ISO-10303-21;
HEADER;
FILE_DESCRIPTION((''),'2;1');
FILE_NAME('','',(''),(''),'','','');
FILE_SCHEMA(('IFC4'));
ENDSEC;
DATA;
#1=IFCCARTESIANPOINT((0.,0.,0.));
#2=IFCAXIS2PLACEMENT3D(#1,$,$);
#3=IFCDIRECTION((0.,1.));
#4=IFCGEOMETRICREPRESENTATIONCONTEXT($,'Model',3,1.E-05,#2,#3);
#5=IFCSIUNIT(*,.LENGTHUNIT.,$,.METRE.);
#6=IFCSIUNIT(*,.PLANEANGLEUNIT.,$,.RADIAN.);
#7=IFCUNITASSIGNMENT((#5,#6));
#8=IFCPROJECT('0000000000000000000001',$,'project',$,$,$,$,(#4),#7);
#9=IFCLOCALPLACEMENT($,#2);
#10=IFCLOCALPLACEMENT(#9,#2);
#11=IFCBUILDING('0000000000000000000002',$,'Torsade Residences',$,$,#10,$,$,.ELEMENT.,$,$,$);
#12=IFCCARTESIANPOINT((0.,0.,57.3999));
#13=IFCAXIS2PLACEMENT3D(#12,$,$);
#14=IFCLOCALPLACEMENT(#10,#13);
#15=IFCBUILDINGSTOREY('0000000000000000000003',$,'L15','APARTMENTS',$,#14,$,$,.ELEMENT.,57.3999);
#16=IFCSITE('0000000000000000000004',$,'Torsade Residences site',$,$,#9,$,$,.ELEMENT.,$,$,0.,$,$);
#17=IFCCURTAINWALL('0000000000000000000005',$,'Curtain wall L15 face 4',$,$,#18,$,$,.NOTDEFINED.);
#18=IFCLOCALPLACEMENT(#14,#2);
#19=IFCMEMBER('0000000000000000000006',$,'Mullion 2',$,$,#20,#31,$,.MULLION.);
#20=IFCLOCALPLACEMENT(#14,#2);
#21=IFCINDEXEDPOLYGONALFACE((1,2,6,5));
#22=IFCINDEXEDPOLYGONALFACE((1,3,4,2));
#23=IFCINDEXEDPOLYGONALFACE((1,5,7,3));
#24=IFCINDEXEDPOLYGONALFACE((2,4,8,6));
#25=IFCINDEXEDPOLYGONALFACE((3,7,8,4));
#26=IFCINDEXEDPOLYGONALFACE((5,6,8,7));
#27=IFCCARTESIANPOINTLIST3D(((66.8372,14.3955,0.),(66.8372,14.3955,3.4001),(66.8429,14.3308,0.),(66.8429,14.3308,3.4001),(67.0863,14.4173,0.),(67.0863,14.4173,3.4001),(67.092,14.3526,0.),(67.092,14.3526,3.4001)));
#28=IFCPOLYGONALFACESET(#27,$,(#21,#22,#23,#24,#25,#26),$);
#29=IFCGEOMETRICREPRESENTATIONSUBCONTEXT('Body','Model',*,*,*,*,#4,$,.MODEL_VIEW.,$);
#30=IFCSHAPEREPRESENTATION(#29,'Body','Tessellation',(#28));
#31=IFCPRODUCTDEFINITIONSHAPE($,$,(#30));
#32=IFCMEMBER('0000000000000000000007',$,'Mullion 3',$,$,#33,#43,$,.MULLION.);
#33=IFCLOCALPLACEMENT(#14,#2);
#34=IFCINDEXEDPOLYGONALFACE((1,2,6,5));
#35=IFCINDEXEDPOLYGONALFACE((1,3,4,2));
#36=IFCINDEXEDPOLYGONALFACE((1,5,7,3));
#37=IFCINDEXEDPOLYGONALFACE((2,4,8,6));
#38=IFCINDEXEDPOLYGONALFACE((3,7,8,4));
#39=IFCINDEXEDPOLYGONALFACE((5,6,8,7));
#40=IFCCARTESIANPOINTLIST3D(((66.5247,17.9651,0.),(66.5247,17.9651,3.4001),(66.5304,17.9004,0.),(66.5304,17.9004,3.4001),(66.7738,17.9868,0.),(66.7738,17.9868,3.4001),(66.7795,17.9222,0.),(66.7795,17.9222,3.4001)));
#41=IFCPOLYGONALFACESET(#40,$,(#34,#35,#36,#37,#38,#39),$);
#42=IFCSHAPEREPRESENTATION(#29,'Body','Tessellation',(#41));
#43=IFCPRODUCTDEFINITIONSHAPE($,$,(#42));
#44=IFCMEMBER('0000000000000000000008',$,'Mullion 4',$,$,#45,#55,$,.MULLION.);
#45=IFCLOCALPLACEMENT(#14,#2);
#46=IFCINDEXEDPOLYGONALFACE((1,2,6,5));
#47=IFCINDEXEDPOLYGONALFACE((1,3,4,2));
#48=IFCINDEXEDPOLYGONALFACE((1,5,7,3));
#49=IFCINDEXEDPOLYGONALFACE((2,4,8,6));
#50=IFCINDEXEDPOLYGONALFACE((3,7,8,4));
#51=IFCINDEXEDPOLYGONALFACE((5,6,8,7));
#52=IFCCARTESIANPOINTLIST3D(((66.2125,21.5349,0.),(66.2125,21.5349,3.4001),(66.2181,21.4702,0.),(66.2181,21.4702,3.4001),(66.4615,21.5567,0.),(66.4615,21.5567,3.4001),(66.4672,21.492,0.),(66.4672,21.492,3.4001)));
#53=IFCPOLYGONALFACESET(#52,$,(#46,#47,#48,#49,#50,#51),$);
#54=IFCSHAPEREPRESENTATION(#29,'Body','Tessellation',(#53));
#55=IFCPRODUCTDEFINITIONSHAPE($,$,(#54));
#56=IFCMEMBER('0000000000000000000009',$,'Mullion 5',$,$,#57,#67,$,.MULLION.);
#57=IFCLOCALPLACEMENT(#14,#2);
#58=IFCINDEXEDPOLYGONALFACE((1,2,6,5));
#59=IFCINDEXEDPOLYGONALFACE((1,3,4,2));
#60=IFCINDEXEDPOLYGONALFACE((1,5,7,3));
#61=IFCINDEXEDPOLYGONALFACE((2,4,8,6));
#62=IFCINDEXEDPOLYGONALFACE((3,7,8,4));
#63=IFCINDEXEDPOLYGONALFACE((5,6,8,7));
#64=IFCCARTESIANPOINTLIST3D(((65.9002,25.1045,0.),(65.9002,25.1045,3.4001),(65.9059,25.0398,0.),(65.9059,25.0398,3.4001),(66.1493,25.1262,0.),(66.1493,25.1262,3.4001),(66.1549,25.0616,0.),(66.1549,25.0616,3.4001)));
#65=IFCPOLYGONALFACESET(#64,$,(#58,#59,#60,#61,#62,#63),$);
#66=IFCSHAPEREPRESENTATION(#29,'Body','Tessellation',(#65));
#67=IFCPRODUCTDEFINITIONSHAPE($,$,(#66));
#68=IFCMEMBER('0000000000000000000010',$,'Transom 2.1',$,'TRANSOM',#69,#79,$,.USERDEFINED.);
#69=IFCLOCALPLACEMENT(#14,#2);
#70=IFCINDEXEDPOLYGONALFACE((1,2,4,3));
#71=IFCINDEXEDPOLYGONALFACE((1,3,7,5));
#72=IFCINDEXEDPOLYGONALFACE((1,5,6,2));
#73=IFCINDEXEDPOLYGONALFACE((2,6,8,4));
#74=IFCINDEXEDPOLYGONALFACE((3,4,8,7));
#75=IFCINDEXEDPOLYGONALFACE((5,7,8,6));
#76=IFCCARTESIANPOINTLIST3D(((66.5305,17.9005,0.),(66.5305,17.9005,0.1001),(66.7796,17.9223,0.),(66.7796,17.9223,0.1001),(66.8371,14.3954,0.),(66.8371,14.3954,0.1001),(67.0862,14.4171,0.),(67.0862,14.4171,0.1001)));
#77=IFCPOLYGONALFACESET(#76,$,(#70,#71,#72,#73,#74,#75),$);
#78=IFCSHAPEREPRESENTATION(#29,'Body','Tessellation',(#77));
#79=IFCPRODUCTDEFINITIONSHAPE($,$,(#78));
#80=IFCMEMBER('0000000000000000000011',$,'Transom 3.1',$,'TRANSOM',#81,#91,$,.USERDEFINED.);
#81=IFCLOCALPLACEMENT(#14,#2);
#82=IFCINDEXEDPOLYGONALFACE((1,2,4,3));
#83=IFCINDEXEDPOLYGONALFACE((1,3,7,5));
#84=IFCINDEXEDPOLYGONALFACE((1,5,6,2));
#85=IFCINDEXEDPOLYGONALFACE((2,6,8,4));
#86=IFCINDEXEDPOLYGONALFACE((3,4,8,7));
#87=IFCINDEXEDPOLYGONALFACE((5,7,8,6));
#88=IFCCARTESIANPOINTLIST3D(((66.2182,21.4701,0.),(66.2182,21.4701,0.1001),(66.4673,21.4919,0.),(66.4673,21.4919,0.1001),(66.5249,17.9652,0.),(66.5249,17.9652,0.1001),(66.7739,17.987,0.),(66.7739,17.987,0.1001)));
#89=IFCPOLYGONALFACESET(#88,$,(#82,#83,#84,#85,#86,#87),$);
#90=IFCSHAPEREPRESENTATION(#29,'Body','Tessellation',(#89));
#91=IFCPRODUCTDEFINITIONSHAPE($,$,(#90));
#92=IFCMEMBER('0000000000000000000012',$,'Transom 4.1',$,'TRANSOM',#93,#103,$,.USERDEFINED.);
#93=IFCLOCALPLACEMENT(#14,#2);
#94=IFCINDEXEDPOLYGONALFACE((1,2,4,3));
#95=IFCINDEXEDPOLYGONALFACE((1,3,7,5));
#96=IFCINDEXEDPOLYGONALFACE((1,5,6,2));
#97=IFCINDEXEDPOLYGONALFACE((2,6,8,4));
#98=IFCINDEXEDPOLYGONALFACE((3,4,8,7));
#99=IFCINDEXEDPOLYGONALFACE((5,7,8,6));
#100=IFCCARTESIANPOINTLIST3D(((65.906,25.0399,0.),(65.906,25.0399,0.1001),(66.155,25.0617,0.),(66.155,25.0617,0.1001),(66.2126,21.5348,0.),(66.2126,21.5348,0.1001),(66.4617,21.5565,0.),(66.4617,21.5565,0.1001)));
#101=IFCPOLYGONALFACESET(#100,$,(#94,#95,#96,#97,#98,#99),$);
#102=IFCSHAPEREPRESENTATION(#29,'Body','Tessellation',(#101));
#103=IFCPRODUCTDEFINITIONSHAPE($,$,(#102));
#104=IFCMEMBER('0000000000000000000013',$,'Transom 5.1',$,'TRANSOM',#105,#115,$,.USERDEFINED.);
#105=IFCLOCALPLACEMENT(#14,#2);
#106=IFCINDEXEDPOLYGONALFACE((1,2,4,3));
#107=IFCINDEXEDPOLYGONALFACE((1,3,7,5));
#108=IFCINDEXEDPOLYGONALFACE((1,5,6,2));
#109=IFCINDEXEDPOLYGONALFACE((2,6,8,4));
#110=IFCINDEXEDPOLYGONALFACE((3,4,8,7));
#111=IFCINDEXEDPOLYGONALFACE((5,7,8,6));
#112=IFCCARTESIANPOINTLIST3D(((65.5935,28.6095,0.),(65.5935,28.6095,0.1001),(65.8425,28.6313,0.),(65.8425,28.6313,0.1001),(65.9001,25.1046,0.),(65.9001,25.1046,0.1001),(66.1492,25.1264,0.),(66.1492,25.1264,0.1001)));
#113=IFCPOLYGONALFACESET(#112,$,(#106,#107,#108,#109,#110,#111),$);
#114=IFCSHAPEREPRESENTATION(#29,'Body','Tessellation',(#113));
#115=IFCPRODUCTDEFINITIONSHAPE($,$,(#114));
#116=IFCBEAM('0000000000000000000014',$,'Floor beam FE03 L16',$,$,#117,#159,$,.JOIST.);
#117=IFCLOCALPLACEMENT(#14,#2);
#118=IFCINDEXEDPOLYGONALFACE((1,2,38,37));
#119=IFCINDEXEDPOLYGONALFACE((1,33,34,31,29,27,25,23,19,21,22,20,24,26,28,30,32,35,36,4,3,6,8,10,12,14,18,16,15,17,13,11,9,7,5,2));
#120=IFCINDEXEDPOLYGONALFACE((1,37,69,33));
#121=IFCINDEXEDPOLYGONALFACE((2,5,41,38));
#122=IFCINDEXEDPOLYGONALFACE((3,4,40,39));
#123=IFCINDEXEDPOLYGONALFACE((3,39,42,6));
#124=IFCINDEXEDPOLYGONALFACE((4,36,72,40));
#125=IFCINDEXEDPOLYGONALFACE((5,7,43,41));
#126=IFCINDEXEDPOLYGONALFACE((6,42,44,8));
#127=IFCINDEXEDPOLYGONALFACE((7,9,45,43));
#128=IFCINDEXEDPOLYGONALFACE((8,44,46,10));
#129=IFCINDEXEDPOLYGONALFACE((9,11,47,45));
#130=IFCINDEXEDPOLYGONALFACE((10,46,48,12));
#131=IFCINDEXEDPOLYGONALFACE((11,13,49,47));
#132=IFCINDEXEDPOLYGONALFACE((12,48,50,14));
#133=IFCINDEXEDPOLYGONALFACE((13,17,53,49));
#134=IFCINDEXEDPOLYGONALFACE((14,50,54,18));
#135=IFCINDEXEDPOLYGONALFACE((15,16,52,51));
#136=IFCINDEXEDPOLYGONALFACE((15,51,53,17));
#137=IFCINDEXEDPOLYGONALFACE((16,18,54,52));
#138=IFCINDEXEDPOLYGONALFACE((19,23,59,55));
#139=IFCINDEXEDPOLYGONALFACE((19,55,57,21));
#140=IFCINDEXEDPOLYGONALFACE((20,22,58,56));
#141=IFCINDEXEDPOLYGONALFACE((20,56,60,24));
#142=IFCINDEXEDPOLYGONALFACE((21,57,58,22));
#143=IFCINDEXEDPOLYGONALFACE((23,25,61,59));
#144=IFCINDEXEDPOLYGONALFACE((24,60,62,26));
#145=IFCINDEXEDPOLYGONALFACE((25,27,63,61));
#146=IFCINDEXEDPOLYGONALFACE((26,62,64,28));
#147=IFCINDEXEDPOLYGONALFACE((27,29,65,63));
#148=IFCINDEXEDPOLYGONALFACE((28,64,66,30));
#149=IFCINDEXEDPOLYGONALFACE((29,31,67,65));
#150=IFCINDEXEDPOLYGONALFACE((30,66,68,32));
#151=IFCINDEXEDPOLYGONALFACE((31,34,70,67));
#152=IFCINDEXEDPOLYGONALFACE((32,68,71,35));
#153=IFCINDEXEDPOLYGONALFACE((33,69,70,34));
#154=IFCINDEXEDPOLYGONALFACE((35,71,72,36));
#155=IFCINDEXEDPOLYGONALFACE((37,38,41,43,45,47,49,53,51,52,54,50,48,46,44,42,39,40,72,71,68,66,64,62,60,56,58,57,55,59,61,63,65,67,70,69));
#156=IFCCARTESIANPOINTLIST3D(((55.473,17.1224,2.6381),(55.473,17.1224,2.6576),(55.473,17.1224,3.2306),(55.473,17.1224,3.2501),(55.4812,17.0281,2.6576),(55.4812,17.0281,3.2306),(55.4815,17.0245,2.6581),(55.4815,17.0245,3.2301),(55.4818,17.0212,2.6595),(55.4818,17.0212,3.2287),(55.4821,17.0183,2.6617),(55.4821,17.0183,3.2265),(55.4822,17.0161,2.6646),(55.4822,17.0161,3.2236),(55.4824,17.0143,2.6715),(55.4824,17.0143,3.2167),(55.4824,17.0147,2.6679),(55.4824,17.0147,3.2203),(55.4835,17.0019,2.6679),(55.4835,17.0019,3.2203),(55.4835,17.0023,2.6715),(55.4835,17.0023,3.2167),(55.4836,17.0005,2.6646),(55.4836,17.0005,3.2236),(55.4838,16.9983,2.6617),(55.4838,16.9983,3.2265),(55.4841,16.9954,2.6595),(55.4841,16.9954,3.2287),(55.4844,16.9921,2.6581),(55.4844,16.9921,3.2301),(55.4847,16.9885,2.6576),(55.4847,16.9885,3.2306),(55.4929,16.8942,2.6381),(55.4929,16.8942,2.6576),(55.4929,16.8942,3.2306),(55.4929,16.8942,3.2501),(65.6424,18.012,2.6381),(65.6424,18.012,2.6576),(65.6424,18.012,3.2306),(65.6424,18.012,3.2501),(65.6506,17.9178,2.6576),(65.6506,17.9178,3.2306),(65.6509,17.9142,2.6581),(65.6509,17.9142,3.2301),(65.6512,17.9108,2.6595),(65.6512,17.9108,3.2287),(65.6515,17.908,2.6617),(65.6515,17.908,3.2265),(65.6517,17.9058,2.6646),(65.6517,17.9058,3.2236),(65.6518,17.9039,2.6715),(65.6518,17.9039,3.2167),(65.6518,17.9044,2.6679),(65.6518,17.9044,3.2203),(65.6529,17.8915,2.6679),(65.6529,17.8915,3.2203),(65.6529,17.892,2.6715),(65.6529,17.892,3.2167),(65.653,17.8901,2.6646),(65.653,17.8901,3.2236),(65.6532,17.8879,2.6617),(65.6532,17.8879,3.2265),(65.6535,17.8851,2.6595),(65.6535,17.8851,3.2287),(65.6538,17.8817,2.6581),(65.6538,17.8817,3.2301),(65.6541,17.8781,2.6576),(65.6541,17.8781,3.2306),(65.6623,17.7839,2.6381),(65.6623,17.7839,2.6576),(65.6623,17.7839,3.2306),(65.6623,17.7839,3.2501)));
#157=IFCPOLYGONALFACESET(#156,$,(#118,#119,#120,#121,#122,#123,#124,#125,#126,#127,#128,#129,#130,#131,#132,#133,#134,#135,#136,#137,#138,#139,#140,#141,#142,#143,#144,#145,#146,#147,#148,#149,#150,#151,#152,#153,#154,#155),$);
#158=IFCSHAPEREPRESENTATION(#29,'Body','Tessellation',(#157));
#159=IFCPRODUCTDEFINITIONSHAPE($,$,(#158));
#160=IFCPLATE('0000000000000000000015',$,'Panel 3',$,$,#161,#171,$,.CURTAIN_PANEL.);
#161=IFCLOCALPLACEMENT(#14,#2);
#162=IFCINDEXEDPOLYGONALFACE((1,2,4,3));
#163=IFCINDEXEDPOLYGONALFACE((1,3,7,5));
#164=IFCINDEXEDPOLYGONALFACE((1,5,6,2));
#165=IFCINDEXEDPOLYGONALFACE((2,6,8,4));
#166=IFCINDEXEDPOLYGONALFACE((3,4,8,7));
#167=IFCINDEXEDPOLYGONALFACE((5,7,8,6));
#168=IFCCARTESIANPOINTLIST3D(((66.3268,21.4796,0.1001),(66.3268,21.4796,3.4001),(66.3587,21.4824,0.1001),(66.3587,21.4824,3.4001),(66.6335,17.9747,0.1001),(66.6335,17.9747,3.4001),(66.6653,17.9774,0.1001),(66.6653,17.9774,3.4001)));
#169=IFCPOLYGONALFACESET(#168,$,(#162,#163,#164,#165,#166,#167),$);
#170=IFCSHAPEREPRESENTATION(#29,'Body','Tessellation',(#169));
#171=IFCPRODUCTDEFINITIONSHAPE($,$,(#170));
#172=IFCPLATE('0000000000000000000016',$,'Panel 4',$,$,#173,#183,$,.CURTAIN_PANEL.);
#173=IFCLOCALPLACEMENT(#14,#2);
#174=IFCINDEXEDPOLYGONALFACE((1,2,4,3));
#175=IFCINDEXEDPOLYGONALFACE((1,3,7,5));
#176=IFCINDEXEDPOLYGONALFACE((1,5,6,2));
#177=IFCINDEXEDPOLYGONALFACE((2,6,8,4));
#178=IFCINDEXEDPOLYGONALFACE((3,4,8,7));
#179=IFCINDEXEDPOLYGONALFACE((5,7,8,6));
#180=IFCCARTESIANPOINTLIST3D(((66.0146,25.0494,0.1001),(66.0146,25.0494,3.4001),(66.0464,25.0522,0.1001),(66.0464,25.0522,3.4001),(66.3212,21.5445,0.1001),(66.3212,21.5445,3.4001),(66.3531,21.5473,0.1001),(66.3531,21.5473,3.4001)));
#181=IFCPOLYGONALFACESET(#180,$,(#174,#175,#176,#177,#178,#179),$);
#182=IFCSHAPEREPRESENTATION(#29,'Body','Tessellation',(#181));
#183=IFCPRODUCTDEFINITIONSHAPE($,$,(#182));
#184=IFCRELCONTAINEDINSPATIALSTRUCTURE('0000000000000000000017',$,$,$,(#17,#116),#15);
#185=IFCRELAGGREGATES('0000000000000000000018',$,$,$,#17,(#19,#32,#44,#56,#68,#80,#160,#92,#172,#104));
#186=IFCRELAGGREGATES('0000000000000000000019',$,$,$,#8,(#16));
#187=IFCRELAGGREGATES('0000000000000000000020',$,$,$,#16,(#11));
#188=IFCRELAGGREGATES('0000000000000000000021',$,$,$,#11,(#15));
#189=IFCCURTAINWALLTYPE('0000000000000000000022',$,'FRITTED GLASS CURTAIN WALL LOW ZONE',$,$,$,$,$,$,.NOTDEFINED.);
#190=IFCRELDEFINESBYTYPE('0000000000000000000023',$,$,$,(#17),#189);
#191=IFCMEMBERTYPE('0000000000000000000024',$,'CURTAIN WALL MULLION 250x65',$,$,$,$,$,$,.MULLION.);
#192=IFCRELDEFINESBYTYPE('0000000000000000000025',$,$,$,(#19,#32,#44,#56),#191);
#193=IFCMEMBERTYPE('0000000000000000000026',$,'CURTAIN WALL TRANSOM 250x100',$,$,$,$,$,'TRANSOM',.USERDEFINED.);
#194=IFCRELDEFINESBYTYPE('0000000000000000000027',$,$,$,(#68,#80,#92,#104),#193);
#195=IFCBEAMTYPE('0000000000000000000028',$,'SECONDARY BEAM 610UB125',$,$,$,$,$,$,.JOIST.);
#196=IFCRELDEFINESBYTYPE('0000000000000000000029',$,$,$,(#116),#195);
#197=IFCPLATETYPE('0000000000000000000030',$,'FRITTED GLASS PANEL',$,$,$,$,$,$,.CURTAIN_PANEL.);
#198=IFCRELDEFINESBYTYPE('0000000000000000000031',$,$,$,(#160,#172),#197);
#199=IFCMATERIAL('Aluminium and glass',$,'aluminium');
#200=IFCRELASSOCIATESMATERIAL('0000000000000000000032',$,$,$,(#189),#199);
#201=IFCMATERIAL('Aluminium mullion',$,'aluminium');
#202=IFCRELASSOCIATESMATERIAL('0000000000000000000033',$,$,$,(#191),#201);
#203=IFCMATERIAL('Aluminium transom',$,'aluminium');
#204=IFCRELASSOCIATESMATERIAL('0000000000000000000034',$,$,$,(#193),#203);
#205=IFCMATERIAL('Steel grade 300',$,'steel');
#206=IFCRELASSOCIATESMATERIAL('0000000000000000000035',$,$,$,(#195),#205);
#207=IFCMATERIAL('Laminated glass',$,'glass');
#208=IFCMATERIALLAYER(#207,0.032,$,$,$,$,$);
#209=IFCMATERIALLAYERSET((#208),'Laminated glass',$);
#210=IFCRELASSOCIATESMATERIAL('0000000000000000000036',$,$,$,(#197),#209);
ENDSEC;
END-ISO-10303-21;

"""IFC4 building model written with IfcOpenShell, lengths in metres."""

from ifc_helpers import new_model, si_unit, direction, frame, origin, origin_2d, place, context, subcontext, project, spatial, rectangle, i_section, extrude, material, layer, layer_set, material_profile, profile_set, type_object, element, aggregate, save


model = new_model("IFC4")

# Units and contexts
model_context = context("Model", 3, precision=1e-05, world=origin(), true_north=direction((0.0, 1.0)))
body_context = subcontext(model_context, "Body", "Model", "MODEL_VIEW")
ifc_project = project(units=[si_unit("LENGTHUNIT", "METRE"), si_unit("PLANEANGLEUNIT", "RADIAN")], contexts=[model_context])

# Site, building, storey
site_placement = place(None, origin())
site = spatial("IfcSite", under=ifc_project, at=site_placement, Name="Torsade Residences site", CompositionType="ELEMENT", RefElevation=0.0)
building_placement = place(site_placement, origin())
building = spatial("IfcBuilding", under=site, at=building_placement, Name="Torsade Residences", CompositionType="ELEMENT")
storey_placement = place(building_placement, frame((0.0, 0.0, 57.3999)))
storey = spatial("IfcBuildingStorey", under=building, at=storey_placement, Name="L15", Description="APARTMENTS", CompositionType="ELEMENT", Elevation=57.3999)

# Curtain wall, members
ifc_material_1 = material(Name="Aluminium and glass", Category="aluminium")
curtain_wall_type = type_object("IfcCurtainWallType", Name="FRITTED GLASS CURTAIN WALL LOW ZONE", PredefinedType="NOTDEFINED", material=ifc_material_1)
curtain_wall_placement = place(storey_placement, origin())
curtain_wall = element("IfcCurtainWall", 1, at=curtain_wall_placement, inside=storey, type_object=curtain_wall_type, Name="Curtain wall L15 face 4", PredefinedType="NOTDEFINED")
ifc_material_2 = material(Name="Aluminium mullion", Category="aluminium")
ifc_material_profile_1 = material_profile(ifc_material_2, rectangle(XDim=0.25, YDim=0.0649, at=origin_2d()), Name="CURTAIN WALL MULLION 250x65")
ifc_profile_set_1 = profile_set([ifc_material_profile_1], Name="Aluminium mullion")
member_type_1 = type_object("IfcMemberType", Name="CURTAIN WALL MULLION 250x65", PredefinedType="MULLION", material=ifc_profile_set_1)
member_1_placement = place(storey_placement, frame((66.9646, 14.374, 0.0), z_axis=(0.0, 0.0, 1.0), x_axis=(-0.996195, -0.087156, 0.0)))
member_1 = element("IfcMember", 2, at=member_1_placement, type_object=member_type_1, Name="Mullion 2", PredefinedType="MULLION", context=body_context, shape_type="SweptSolid", body=[
    extrude(rectangle(XDim=0.25, YDim=0.0649, at=origin_2d()), origin(), (0.0, 0.0, 1.0), 3.4001),
])
member_2_placement = place(storey_placement, frame((66.6521, 17.9436, 0.0), z_axis=(0.0, 0.0, 1.0), x_axis=(-0.996195, -0.087156, 0.0)))
member_2 = element("IfcMember", 3, at=member_2_placement, type_object=member_type_1, Name="Mullion 3", PredefinedType="MULLION", context=body_context, shape_type="SweptSolid", body=[
    extrude(rectangle(XDim=0.25, YDim=0.0649, at=origin_2d()), origin(), (0.0, 0.0, 1.0), 3.4001),
])
member_3_placement = place(storey_placement, frame((66.3398, 21.5134, 0.0), z_axis=(0.0, 0.0, 1.0), x_axis=(-0.996195, -0.087156, 0.0)))
member_3 = element("IfcMember", 4, at=member_3_placement, type_object=member_type_1, Name="Mullion 4", PredefinedType="MULLION", context=body_context, shape_type="SweptSolid", body=[
    extrude(rectangle(XDim=0.25, YDim=0.0649, at=origin_2d()), origin(), (0.0, 0.0, 1.0), 3.4001),
])
member_4_placement = place(storey_placement, frame((66.0276, 25.083, 0.0), z_axis=(0.0, 0.0, 1.0), x_axis=(-0.996195, -0.087156, 0.0)))
member_4 = element("IfcMember", 5, at=member_4_placement, type_object=member_type_1, Name="Mullion 5", PredefinedType="MULLION", context=body_context, shape_type="SweptSolid", body=[
    extrude(rectangle(XDim=0.25, YDim=0.0649, at=origin_2d()), origin(), (0.0, 0.0, 1.0), 3.4001),
])
ifc_material_3 = material(Name="Aluminium transom", Category="aluminium")
ifc_material_profile_2 = material_profile(ifc_material_3, rectangle(XDim=0.25, YDim=0.1001, at=origin_2d()), Name="CURTAIN WALL TRANSOM 250x100")
ifc_profile_set_2 = profile_set([ifc_material_profile_2], Name="Aluminium transom")
member_type_2 = type_object("IfcMemberType", Name="CURTAIN WALL TRANSOM 250x100", ElementType="TRANSOM", PredefinedType="USERDEFINED", material=ifc_profile_set_2)
member_5_placement = place(storey_placement, frame((66.9617, 14.4062, 0.05), z_axis=(-0.087151, 0.996195, 0.0), x_axis=(-0.996195, -0.087151, 0.0)))
member_5 = element("IfcMember", 6, at=member_5_placement, type_object=member_type_2, Name="Transom 2.1", ObjectType="TRANSOM", PredefinedType="USERDEFINED", context=body_context, shape_type="SweptSolid", body=[
    extrude(rectangle(XDim=0.25, YDim=0.1001, at=origin_2d()), origin(), (0.0, 0.0, 1.0), 3.5186),
])
member_6_placement = place(storey_placement, frame((66.6494, 17.9761, 0.05), z_axis=(-0.087157, 0.996195, 0.0), x_axis=(-0.996195, -0.087157, 0.0)))
member_6 = element("IfcMember", 7, at=member_6_placement, type_object=member_type_2, Name="Transom 3.1", ObjectType="TRANSOM", PredefinedType="USERDEFINED", context=body_context, shape_type="SweptSolid", body=[
    extrude(rectangle(XDim=0.25, YDim=0.1001, at=origin_2d()), origin(), (0.0, 0.0, 1.0), 3.5183),
])
member_7_placement = place(storey_placement, frame((66.3372, 21.5457, 0.05), z_axis=(-0.087151, 0.996195, 0.0), x_axis=(-0.996195, -0.087151, 0.0)))
member_7 = element("IfcMember", 8, at=member_7_placement, type_object=member_type_2, Name="Transom 4.1", ObjectType="TRANSOM", PredefinedType="USERDEFINED", context=body_context, shape_type="SweptSolid", body=[
    extrude(rectangle(XDim=0.25, YDim=0.1001, at=origin_2d()), origin(), (0.0, 0.0, 1.0), 3.5186),
])
member_8_placement = place(storey_placement, frame((66.0247, 25.1155, 0.05), z_axis=(-0.087157, 0.996195, 0.0), x_axis=(-0.996195, -0.087157, 0.0)))
member_8 = element("IfcMember", 9, at=member_8_placement, type_object=member_type_2, Name="Transom 5.1", ObjectType="TRANSOM", PredefinedType="USERDEFINED", context=body_context, shape_type="SweptSolid", body=[
    extrude(rectangle(XDim=0.25, YDim=0.1001, at=origin_2d()), origin(), (0.0, 0.0, 1.0), 3.5183),
])

# Beam
ifc_material_4 = material(Name="Steel grade 300", Category="steel")
ifc_material_profile_3 = material_profile(ifc_material_4, i_section(OverallWidth=0.229, OverallDepth=0.6121, WebThickness=0.012, FlangeThickness=0.0195, FilletRadius=0.0139, at=origin_2d()), Name="610UB125")
ifc_profile_set_3 = profile_set([ifc_material_profile_3], Name="Steel grade 300")
beam_type = type_object("IfcBeamType", Name="SECONDARY BEAM 610UB125", PredefinedType="JOIST", material=ifc_profile_set_3)
beam_placement = place(storey_placement, frame((65.6523, 17.8979, 2.9441), z_axis=(-0.996195, -0.08715, 0.0), x_axis=(0.08715, -0.996195, 0.0)))
element("IfcBeam", 10, at=beam_placement, inside=storey, type_object=beam_type, Name="Floor beam FE03 L16", PredefinedType="JOIST", context=body_context, shape_type="SweptSolid", body=[
    extrude(i_section(OverallWidth=0.229, OverallDepth=0.6121, WebThickness=0.012, FlangeThickness=0.0195, FilletRadius=0.0139, at=origin_2d()), origin(), (0.0, 0.0, 1.0), 10.2083),
])

# Plates
ifc_material_5 = material(Name="Laminated glass", Category="glass")
ifc_layer_1 = layer(ifc_material_5, 0.032)
ifc_layer_set_1 = layer_set([ifc_layer_1], Name="Laminated glass")
plate_type_1 = type_object("IfcPlateType", Name="FRITTED GLASS PANEL", PredefinedType="CURTAIN_PANEL", material=ifc_layer_set_1)
plate_1_placement = place(storey_placement, frame((66.4961, 19.7285, 0.1001), z_axis=(0.0, 0.0, 1.0), x_axis=(-0.087156, 0.996195, 0.0)))
plate_1 = element("IfcPlate", 11, at=plate_1_placement, type_object=plate_type_1, Name="Panel 3", PredefinedType="CURTAIN_PANEL", context=body_context, shape_type="SweptSolid", body=[
    extrude(rectangle(XDim=3.5183, YDim=0.032, at=origin_2d()), origin(), (0.0, 0.0, 1.0), 3.3),
])
plate_2_placement = place(storey_placement, frame((66.1838, 23.2983, 0.1001), z_axis=(0.0, 0.0, 1.0), x_axis=(-0.087156, 0.996195, 0.0)))
plate_2 = element("IfcPlate", 12, at=plate_2_placement, type_object=plate_type_1, Name="Panel 4", PredefinedType="CURTAIN_PANEL", context=body_context, shape_type="SweptSolid", body=[
    extrude(rectangle(XDim=3.5183, YDim=0.032, at=origin_2d()), origin(), (0.0, 0.0, 1.0), 3.3),
])
aggregate(curtain_wall, [member_1, member_2, member_3, member_4, member_5, member_6, plate_1, member_7, plate_2, member_8])

save(model, "model.ifc")
